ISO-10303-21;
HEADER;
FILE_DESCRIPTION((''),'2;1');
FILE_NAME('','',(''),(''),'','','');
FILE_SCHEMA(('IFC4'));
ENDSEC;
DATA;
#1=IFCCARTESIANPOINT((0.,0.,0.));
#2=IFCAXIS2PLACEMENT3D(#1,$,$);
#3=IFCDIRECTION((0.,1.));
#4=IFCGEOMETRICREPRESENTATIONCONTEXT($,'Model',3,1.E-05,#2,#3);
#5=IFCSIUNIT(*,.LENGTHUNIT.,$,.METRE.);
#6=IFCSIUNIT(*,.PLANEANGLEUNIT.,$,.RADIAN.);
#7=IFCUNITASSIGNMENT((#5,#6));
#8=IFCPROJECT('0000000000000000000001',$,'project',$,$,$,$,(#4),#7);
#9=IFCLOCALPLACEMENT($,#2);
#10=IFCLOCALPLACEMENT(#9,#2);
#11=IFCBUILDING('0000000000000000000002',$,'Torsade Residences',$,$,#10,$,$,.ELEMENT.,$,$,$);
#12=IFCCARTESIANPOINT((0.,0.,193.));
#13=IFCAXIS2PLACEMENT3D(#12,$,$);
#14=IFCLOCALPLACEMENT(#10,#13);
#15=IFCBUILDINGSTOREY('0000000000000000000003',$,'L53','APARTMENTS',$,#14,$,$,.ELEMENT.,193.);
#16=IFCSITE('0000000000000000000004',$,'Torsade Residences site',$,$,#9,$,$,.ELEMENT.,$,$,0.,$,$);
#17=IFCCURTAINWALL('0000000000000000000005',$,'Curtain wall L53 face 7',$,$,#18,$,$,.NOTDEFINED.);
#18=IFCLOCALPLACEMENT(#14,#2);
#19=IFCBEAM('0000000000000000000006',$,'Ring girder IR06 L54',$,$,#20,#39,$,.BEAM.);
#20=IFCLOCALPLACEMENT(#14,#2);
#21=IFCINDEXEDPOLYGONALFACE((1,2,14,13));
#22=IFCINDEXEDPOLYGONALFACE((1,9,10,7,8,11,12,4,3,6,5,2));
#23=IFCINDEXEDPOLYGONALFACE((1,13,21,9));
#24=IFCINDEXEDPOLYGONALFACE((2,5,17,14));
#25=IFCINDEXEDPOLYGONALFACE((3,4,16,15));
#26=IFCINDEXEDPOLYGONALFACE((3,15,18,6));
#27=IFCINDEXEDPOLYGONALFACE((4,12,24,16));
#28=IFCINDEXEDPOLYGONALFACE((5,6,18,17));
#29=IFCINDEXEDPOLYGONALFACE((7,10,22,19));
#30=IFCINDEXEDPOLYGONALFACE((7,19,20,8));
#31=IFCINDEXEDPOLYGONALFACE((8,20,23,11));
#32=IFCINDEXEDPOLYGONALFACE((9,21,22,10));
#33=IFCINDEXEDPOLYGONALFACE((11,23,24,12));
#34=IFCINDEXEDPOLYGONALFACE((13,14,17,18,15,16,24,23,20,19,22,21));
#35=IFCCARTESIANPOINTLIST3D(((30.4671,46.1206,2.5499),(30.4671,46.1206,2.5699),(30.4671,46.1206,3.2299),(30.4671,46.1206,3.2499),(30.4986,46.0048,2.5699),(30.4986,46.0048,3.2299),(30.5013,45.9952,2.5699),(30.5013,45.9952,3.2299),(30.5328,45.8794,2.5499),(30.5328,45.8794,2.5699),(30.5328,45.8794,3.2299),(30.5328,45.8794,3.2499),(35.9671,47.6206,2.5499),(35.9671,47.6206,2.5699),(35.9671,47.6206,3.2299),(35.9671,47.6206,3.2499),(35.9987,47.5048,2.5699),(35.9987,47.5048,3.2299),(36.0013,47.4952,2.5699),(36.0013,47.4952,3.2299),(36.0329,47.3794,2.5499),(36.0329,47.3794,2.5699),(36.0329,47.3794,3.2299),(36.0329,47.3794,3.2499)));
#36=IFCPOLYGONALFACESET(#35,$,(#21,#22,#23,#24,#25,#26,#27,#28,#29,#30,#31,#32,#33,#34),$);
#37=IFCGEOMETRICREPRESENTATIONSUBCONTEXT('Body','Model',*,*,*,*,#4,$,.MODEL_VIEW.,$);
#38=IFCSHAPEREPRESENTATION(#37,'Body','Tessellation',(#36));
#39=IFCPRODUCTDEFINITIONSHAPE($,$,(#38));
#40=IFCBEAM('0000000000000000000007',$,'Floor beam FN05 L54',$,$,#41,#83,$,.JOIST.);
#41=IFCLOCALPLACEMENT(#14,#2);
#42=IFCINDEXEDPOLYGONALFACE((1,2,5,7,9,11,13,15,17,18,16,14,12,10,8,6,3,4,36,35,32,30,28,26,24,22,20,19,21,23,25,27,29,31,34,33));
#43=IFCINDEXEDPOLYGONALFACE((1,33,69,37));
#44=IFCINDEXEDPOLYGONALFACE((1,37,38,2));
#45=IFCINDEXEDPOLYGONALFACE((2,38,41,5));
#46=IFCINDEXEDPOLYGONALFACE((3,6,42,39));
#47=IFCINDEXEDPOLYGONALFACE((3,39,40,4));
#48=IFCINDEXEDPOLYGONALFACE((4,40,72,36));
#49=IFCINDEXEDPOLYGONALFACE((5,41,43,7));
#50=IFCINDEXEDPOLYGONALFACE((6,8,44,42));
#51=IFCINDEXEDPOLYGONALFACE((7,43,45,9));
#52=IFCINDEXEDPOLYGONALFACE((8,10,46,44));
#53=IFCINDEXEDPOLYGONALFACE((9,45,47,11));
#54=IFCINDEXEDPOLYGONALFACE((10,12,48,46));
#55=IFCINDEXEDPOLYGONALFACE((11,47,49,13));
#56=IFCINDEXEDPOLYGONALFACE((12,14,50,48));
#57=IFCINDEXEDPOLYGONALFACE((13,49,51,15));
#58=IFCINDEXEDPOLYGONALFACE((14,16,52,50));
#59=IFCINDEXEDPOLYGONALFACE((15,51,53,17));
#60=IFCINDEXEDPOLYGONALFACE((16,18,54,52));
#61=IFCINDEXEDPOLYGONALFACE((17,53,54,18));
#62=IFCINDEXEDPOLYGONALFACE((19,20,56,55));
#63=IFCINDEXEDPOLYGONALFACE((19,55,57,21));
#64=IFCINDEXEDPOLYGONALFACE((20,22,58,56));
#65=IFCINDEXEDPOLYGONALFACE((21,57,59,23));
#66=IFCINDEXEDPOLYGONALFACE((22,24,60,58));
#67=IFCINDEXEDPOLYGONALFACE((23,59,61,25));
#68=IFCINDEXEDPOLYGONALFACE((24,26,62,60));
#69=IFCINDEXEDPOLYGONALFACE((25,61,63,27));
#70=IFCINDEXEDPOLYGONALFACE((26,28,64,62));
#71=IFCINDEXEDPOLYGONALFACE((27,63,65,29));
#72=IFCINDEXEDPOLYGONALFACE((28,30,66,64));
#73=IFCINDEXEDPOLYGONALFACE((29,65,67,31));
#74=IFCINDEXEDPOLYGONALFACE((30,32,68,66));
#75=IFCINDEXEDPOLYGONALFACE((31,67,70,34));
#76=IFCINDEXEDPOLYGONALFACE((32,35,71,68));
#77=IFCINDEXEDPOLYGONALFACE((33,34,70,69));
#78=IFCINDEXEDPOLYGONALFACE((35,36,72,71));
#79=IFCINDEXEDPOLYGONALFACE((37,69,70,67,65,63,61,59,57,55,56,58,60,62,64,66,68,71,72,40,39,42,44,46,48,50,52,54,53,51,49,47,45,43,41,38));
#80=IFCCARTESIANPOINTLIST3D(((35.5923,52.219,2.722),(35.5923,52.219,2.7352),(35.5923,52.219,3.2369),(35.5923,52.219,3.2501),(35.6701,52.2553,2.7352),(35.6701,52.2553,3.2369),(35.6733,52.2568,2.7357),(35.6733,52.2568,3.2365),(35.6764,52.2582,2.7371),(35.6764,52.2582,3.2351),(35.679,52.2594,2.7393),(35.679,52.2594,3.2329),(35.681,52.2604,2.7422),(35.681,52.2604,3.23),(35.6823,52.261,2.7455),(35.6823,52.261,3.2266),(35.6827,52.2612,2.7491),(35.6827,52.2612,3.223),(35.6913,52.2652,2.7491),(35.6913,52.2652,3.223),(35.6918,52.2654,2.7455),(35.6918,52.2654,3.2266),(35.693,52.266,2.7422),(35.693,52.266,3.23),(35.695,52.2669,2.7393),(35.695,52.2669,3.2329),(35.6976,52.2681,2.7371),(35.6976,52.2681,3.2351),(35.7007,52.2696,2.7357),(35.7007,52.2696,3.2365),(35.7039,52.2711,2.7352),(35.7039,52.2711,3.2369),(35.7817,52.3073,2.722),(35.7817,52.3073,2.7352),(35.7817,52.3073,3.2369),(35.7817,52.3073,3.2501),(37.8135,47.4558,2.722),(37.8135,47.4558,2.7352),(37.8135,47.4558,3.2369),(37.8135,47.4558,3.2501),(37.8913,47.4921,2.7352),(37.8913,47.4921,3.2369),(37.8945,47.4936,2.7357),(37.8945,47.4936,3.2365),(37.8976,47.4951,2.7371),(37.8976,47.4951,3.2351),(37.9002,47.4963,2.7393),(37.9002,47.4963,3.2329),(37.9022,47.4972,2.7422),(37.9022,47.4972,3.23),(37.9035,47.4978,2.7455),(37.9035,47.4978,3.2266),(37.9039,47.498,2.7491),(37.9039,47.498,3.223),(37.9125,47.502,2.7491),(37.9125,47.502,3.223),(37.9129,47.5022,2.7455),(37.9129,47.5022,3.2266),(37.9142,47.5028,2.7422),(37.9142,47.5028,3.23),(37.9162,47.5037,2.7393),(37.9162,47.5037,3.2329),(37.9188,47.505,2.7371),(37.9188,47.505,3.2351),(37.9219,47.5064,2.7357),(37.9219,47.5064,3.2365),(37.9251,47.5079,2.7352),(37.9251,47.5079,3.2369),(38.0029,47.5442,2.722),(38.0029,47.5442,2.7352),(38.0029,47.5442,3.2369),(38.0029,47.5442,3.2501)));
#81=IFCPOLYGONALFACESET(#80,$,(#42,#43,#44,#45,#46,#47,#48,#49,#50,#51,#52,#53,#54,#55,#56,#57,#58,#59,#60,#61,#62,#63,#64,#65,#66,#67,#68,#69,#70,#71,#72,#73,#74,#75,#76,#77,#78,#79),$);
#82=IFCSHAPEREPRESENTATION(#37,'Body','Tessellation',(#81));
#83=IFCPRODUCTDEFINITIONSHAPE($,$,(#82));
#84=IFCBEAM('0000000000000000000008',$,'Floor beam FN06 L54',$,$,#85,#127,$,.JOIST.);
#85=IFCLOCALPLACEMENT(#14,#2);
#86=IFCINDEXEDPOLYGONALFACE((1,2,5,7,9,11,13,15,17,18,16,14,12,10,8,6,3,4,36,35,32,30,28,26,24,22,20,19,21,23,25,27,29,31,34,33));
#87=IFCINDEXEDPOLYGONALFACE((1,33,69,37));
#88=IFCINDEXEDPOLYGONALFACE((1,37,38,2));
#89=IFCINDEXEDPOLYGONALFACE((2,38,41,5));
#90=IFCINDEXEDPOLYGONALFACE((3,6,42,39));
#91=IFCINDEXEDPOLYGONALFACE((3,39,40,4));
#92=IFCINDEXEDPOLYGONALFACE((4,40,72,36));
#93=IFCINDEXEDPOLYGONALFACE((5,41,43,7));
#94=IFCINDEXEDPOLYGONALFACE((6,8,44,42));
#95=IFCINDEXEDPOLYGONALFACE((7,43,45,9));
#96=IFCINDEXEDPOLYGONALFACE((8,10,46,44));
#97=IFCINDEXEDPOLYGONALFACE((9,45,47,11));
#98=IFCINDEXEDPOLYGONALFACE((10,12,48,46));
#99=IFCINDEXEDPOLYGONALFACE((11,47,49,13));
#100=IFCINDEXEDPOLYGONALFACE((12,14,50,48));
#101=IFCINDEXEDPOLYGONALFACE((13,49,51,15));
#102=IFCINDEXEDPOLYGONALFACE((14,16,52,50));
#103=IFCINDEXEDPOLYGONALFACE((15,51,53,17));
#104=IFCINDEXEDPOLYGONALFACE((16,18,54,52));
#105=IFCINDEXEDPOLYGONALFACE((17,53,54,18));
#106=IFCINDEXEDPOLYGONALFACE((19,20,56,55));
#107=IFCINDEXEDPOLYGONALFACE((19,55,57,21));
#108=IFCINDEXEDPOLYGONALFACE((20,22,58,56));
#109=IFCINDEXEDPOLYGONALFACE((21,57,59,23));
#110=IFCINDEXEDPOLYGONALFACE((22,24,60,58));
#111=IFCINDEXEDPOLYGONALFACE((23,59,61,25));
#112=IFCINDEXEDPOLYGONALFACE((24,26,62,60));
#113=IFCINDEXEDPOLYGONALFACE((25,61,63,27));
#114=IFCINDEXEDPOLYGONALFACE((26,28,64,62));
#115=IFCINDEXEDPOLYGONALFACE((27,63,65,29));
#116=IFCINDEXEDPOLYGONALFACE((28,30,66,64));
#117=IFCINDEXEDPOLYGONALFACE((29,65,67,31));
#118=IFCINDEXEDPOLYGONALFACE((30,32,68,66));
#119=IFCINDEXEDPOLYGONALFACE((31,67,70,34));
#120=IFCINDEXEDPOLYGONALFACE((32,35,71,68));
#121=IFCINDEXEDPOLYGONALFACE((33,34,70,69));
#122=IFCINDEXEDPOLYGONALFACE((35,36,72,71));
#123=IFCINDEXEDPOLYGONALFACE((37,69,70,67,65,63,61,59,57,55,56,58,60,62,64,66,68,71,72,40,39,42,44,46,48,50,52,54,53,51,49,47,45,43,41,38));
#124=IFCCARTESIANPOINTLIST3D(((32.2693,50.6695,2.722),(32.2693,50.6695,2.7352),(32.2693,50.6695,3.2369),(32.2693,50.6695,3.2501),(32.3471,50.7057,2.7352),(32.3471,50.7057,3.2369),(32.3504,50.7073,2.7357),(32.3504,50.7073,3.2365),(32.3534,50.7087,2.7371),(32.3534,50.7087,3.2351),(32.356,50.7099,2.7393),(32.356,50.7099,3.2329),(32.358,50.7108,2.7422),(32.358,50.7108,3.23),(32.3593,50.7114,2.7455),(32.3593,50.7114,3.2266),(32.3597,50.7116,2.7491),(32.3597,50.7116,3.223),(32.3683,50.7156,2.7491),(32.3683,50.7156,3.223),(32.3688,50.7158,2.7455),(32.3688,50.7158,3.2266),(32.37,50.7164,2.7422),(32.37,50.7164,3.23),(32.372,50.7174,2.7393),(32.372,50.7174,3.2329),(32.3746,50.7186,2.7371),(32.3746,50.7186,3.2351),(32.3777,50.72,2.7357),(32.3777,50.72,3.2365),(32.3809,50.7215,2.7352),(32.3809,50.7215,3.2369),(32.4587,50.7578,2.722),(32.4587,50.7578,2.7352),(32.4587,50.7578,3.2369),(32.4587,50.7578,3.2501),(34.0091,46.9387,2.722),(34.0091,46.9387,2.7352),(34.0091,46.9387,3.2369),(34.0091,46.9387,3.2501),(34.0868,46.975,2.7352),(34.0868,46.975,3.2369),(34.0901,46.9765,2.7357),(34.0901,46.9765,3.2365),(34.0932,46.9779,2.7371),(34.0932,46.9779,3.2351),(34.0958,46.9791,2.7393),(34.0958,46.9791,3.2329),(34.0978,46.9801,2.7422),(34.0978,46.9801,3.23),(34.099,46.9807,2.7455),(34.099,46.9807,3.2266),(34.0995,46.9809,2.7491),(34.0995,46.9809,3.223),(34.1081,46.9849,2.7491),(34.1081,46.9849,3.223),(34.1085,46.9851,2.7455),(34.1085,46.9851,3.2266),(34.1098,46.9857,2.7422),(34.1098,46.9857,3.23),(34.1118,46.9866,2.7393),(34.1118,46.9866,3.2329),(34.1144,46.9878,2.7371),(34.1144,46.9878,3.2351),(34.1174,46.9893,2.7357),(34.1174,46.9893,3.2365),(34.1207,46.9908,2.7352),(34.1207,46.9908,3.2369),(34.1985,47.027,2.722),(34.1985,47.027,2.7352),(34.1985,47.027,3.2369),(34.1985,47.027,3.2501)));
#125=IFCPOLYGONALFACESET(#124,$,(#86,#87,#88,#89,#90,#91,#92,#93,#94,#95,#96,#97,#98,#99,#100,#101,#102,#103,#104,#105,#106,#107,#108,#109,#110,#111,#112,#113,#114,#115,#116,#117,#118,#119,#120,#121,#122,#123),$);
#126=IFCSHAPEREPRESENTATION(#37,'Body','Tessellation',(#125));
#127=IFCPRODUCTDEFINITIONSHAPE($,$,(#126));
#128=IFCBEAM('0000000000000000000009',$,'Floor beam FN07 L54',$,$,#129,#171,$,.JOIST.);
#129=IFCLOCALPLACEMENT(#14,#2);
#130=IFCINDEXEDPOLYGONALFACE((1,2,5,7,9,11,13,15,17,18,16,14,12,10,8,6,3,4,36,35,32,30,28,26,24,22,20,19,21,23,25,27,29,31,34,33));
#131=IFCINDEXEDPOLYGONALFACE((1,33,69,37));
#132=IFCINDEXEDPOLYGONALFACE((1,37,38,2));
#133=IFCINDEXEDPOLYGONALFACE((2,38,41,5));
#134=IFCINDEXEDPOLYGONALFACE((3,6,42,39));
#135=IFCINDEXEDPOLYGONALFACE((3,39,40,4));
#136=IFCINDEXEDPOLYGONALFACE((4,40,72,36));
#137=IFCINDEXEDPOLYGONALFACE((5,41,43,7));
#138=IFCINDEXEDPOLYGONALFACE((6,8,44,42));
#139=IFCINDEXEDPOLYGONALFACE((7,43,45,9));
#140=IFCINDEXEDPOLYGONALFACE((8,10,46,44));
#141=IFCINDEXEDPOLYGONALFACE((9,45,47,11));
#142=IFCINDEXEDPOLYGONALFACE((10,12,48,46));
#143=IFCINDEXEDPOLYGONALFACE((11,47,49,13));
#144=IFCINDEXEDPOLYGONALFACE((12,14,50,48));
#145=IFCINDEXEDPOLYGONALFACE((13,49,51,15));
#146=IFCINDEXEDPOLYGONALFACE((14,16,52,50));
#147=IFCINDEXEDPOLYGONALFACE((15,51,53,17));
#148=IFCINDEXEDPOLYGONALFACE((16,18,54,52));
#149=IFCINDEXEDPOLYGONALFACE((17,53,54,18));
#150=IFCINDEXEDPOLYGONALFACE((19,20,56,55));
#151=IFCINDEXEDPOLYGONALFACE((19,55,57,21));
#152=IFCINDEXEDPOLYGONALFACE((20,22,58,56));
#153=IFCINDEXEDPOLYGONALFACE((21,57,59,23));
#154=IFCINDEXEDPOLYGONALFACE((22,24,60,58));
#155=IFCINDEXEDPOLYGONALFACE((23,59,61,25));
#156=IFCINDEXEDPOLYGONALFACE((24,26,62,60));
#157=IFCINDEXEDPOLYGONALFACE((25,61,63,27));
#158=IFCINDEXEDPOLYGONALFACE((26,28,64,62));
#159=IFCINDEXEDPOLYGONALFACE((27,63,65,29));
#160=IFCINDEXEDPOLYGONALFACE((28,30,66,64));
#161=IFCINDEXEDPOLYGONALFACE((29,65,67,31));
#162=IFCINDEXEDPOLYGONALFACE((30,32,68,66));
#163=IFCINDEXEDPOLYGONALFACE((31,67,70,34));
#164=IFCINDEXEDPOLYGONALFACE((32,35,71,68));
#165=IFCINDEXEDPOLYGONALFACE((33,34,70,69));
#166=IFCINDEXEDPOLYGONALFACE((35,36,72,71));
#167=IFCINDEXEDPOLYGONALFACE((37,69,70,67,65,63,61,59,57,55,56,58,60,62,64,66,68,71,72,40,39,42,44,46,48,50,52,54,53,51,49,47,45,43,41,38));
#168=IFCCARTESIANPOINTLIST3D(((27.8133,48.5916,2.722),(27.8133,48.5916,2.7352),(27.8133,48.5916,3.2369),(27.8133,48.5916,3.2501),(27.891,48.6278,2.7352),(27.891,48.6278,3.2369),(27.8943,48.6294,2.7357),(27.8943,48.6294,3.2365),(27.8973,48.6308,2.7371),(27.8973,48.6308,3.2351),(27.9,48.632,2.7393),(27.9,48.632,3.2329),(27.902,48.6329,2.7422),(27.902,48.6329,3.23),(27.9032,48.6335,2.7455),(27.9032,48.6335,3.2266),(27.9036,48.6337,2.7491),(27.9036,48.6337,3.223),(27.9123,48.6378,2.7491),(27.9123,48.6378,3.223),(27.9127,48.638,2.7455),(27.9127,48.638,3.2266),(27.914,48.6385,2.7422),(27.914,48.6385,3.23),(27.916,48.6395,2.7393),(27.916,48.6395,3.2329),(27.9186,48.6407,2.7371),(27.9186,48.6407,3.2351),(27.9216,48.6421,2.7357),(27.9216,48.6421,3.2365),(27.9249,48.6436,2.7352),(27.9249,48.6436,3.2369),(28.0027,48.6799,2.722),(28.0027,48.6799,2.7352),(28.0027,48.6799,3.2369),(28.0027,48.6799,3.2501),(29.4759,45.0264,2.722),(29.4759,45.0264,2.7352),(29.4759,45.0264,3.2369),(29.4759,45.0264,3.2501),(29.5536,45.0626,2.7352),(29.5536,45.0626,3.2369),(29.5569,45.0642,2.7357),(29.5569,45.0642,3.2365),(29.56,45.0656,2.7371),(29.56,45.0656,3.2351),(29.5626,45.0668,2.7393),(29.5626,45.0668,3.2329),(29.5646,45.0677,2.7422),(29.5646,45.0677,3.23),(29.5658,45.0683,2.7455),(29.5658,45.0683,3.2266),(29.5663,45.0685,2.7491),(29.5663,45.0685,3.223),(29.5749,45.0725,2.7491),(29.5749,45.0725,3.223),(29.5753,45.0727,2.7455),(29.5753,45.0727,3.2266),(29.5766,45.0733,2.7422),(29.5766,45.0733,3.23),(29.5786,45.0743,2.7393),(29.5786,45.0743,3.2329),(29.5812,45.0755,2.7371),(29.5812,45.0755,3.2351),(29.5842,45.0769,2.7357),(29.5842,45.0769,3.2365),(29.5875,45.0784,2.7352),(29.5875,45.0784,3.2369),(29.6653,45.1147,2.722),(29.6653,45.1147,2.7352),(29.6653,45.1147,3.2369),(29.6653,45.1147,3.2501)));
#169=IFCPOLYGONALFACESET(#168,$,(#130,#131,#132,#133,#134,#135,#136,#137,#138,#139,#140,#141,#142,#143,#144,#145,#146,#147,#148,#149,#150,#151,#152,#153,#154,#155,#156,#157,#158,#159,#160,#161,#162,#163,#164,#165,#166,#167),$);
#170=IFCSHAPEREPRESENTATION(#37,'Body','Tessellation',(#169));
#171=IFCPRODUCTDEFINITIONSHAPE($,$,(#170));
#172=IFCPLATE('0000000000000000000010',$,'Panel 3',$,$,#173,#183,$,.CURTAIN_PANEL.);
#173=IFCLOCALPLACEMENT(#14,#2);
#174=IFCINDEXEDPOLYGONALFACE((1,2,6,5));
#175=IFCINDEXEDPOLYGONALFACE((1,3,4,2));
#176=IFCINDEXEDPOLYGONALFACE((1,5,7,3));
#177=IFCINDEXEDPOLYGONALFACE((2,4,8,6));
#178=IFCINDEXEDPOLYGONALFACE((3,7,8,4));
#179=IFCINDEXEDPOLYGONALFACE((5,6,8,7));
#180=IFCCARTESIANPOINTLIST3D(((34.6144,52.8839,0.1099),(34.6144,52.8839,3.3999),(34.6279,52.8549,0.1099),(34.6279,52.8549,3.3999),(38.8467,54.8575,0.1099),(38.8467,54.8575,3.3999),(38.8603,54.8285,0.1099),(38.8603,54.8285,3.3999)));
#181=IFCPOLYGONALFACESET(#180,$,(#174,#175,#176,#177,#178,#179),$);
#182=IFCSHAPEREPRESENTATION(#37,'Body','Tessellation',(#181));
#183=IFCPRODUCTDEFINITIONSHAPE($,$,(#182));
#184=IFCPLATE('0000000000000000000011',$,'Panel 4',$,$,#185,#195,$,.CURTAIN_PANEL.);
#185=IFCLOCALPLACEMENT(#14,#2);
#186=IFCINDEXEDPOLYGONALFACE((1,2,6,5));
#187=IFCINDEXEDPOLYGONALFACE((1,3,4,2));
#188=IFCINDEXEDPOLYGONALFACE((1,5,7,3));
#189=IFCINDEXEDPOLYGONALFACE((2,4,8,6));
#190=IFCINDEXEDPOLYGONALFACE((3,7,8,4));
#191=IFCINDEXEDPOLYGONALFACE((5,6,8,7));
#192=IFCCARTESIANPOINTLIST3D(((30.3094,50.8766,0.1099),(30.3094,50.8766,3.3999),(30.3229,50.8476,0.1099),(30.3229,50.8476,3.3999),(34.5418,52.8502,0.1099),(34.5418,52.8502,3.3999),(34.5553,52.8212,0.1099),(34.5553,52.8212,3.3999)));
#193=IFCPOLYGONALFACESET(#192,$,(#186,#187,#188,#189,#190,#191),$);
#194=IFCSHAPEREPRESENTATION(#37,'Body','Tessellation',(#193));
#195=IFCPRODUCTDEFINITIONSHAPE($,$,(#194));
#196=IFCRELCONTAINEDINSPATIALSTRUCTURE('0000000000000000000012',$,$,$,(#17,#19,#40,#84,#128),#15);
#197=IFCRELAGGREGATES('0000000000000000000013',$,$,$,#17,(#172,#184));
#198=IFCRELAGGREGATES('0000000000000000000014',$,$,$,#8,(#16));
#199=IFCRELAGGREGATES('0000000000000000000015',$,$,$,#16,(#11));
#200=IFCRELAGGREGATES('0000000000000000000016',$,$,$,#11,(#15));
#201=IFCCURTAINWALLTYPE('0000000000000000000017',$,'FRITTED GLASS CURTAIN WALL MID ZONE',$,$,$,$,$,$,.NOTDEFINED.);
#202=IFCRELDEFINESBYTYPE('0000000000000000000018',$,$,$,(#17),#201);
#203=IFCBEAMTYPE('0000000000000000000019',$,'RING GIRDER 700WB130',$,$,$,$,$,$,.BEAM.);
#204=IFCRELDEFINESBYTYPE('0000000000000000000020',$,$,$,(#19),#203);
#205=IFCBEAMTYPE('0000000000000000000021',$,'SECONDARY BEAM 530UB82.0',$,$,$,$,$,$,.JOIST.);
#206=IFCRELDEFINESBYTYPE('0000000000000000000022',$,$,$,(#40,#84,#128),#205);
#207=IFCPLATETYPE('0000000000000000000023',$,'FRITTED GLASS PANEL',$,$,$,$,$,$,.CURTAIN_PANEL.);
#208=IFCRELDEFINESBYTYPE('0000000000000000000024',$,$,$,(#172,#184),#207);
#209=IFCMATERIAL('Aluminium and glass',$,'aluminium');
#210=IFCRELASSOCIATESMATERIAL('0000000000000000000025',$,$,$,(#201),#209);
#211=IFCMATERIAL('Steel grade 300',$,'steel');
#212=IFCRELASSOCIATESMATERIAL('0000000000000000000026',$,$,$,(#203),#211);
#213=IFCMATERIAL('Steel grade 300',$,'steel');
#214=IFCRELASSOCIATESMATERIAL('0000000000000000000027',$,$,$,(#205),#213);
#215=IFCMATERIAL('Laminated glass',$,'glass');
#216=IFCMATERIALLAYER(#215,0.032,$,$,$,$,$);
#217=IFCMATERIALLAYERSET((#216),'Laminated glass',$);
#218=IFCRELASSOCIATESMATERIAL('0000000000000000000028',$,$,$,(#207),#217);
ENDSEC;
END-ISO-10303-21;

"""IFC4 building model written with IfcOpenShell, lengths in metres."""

from ifc_helpers import new_model, si_unit, direction, frame, origin, origin_2d, place, context, subcontext, project, spatial, rectangle, i_section, extrude, material, layer, layer_set, material_profile, profile_set, type_object, element, aggregate, save


model = new_model("IFC4")

# Units and contexts
model_context = context("Model", 3, precision=1e-05, world=origin(), true_north=direction((0.0, 1.0)))
body_context = subcontext(model_context, "Body", "Model", "MODEL_VIEW")
ifc_project = project(units=[si_unit("LENGTHUNIT", "METRE"), si_unit("PLANEANGLEUNIT", "RADIAN")], contexts=[model_context])

# Site, building, storey
site_placement = place(None, origin())
site = spatial("IfcSite", under=ifc_project, at=site_placement, Name="Torsade Residences site", CompositionType="ELEMENT", RefElevation=0.0)
building_placement = place(site_placement, origin())
building = spatial("IfcBuilding", under=site, at=building_placement, Name="Torsade Residences", CompositionType="ELEMENT")
storey_placement = place(building_placement, frame((0.0, 0.0, 193.0)))
storey = spatial("IfcBuildingStorey", under=building, at=storey_placement, Name="L53", Description="APARTMENTS", CompositionType="ELEMENT", Elevation=193.0)

# Curtain wall
ifc_material_1 = material(Name="Aluminium and glass", Category="aluminium")
curtain_wall_type = type_object("IfcCurtainWallType", Name="FRITTED GLASS CURTAIN WALL MID ZONE", PredefinedType="NOTDEFINED", material=ifc_material_1)
curtain_wall_placement = place(storey_placement, origin())
curtain_wall = element("IfcCurtainWall", 1, at=curtain_wall_placement, inside=storey, type_object=curtain_wall_type, Name="Curtain wall L53 face 7", PredefinedType="NOTDEFINED")

# Beams
ifc_material_2 = material(Name="Steel grade 300", Category="steel")
ifc_material_profile_1 = material_profile(ifc_material_2, i_section(OverallWidth=0.25, OverallDepth=0.7, WebThickness=0.01, FlangeThickness=0.02, at=origin_2d()), Name="700WB130")
ifc_profile_set_1 = profile_set([ifc_material_profile_1], Name="Steel grade 300")
beam_type_1 = type_object("IfcBeamType", Name="RING GIRDER 700WB130", PredefinedType="BEAM", material=ifc_profile_set_1)
beam_1_placement = place(storey_placement, frame((36.0, 47.5, 2.8999), z_axis=(-0.964764, -0.263117, 0.0), x_axis=(0.263117, -0.964764, 0.0)))
element("IfcBeam", 2, at=beam_1_placement, inside=storey, type_object=beam_type_1, Name="Ring girder IR06 L54", PredefinedType="BEAM", context=body_context, shape_type="SweptSolid", body=[
    extrude(i_section(OverallWidth=0.25, OverallDepth=0.7, WebThickness=0.01, FlangeThickness=0.02, at=origin_2d()), origin(), (0.0, 0.0, 1.0), 5.7009),
])
ifc_material_3 = material(Name="Steel grade 300", Category="steel")
ifc_material_profile_2 = material_profile(ifc_material_3, i_section(OverallWidth=0.209, OverallDepth=0.5281, WebThickness=0.0095, FlangeThickness=0.0132, FilletRadius=0.0139, at=origin_2d()), Name="530UB82.0")
ifc_profile_set_2 = profile_set([ifc_material_profile_2], Name="Steel grade 300")
beam_type_2 = type_object("IfcBeamType", Name="SECONDARY BEAM 530UB82.0", PredefinedType="JOIST", material=ifc_profile_set_2)
beam_2_placement = place(storey_placement, frame((35.687, 52.2632, 2.9861), z_axis=(0.422631, -0.906302, 0.0), x_axis=(0.906302, 0.422631, 0.0)))
element("IfcBeam", 3, at=beam_2_placement, inside=storey, type_object=beam_type_2, Name="Floor beam FN05 L54", PredefinedType="JOIST", context=body_context, shape_type="SweptSolid", body=[
    extrude(i_section(OverallWidth=0.209, OverallDepth=0.5281, WebThickness=0.0095, FlangeThickness=0.0132, FilletRadius=0.0139, at=origin_2d()), origin(), (0.0, 0.0, 1.0), 5.2556),
])
beam_3_placement = place(storey_placement, frame((32.364, 50.7136, 2.9861), z_axis=(0.422635, -0.9063, 0.0), x_axis=(0.9063, 0.422635, 0.0)))
element("IfcBeam", 4, at=beam_3_placement, inside=storey, type_object=beam_type_2, Name="Floor beam FN06 L54", PredefinedType="JOIST", context=body_context, shape_type="SweptSolid", body=[
    extrude(i_section(OverallWidth=0.209, OverallDepth=0.5281, WebThickness=0.0095, FlangeThickness=0.0132, FilletRadius=0.0139, at=origin_2d()), origin(), (0.0, 0.0, 1.0), 4.1165),
])
beam_4_placement = place(storey_placement, frame((27.908, 48.6357, 2.9861), z_axis=(0.422644, -0.906296, 0.0), x_axis=(0.906296, 0.422644, 0.0)))
element("IfcBeam", 5, at=beam_4_placement, inside=storey, type_object=beam_type_2, Name="Floor beam FN07 L54", PredefinedType="JOIST", context=body_context, shape_type="SweptSolid", body=[
    extrude(i_section(OverallWidth=0.209, OverallDepth=0.5281, WebThickness=0.0095, FlangeThickness=0.0132, FilletRadius=0.0139, at=origin_2d()), origin(), (0.0, 0.0, 1.0), 3.9338),
])

# Plates
ifc_material_4 = material(Name="Laminated glass", Category="glass")
ifc_layer_1 = layer(ifc_material_4, 0.032)
ifc_layer_set_1 = layer_set([ifc_layer_1], Name="Laminated glass")
plate_type = type_object("IfcPlateType", Name="FRITTED GLASS PANEL", PredefinedType="CURTAIN_PANEL", material=ifc_layer_set_1)
plate_1_placement = place(storey_placement, frame((36.7373, 53.8562, 0.1099), z_axis=(0.0, 0.0, 1.0), x_axis=(-0.906308, -0.422618, 0.0)))
plate_1 = element("IfcPlate", 6, at=plate_1_placement, type_object=plate_type, Name="Panel 3", PredefinedType="CURTAIN_PANEL", context=body_context, shape_type="SweptSolid", body=[
    extrude(rectangle(XDim=4.6699, YDim=0.032, at=origin_2d()), origin(), (0.0, 0.0, 1.0), 3.29),
])
plate_2_placement = place(storey_placement, frame((32.4324, 51.8489, 0.1099), z_axis=(0.0, 0.0, 1.0), x_axis=(-0.906308, -0.422618, 0.0)))
plate_2 = element("IfcPlate", 7, at=plate_2_placement, type_object=plate_type, Name="Panel 4", PredefinedType="CURTAIN_PANEL", context=body_context, shape_type="SweptSolid", body=[
    extrude(rectangle(XDim=4.6699, YDim=0.032, at=origin_2d()), origin(), (0.0, 0.0, 1.0), 3.29),
])
aggregate(curtain_wall, [plate_1, plate_2])

save(model, "model.ifc")
